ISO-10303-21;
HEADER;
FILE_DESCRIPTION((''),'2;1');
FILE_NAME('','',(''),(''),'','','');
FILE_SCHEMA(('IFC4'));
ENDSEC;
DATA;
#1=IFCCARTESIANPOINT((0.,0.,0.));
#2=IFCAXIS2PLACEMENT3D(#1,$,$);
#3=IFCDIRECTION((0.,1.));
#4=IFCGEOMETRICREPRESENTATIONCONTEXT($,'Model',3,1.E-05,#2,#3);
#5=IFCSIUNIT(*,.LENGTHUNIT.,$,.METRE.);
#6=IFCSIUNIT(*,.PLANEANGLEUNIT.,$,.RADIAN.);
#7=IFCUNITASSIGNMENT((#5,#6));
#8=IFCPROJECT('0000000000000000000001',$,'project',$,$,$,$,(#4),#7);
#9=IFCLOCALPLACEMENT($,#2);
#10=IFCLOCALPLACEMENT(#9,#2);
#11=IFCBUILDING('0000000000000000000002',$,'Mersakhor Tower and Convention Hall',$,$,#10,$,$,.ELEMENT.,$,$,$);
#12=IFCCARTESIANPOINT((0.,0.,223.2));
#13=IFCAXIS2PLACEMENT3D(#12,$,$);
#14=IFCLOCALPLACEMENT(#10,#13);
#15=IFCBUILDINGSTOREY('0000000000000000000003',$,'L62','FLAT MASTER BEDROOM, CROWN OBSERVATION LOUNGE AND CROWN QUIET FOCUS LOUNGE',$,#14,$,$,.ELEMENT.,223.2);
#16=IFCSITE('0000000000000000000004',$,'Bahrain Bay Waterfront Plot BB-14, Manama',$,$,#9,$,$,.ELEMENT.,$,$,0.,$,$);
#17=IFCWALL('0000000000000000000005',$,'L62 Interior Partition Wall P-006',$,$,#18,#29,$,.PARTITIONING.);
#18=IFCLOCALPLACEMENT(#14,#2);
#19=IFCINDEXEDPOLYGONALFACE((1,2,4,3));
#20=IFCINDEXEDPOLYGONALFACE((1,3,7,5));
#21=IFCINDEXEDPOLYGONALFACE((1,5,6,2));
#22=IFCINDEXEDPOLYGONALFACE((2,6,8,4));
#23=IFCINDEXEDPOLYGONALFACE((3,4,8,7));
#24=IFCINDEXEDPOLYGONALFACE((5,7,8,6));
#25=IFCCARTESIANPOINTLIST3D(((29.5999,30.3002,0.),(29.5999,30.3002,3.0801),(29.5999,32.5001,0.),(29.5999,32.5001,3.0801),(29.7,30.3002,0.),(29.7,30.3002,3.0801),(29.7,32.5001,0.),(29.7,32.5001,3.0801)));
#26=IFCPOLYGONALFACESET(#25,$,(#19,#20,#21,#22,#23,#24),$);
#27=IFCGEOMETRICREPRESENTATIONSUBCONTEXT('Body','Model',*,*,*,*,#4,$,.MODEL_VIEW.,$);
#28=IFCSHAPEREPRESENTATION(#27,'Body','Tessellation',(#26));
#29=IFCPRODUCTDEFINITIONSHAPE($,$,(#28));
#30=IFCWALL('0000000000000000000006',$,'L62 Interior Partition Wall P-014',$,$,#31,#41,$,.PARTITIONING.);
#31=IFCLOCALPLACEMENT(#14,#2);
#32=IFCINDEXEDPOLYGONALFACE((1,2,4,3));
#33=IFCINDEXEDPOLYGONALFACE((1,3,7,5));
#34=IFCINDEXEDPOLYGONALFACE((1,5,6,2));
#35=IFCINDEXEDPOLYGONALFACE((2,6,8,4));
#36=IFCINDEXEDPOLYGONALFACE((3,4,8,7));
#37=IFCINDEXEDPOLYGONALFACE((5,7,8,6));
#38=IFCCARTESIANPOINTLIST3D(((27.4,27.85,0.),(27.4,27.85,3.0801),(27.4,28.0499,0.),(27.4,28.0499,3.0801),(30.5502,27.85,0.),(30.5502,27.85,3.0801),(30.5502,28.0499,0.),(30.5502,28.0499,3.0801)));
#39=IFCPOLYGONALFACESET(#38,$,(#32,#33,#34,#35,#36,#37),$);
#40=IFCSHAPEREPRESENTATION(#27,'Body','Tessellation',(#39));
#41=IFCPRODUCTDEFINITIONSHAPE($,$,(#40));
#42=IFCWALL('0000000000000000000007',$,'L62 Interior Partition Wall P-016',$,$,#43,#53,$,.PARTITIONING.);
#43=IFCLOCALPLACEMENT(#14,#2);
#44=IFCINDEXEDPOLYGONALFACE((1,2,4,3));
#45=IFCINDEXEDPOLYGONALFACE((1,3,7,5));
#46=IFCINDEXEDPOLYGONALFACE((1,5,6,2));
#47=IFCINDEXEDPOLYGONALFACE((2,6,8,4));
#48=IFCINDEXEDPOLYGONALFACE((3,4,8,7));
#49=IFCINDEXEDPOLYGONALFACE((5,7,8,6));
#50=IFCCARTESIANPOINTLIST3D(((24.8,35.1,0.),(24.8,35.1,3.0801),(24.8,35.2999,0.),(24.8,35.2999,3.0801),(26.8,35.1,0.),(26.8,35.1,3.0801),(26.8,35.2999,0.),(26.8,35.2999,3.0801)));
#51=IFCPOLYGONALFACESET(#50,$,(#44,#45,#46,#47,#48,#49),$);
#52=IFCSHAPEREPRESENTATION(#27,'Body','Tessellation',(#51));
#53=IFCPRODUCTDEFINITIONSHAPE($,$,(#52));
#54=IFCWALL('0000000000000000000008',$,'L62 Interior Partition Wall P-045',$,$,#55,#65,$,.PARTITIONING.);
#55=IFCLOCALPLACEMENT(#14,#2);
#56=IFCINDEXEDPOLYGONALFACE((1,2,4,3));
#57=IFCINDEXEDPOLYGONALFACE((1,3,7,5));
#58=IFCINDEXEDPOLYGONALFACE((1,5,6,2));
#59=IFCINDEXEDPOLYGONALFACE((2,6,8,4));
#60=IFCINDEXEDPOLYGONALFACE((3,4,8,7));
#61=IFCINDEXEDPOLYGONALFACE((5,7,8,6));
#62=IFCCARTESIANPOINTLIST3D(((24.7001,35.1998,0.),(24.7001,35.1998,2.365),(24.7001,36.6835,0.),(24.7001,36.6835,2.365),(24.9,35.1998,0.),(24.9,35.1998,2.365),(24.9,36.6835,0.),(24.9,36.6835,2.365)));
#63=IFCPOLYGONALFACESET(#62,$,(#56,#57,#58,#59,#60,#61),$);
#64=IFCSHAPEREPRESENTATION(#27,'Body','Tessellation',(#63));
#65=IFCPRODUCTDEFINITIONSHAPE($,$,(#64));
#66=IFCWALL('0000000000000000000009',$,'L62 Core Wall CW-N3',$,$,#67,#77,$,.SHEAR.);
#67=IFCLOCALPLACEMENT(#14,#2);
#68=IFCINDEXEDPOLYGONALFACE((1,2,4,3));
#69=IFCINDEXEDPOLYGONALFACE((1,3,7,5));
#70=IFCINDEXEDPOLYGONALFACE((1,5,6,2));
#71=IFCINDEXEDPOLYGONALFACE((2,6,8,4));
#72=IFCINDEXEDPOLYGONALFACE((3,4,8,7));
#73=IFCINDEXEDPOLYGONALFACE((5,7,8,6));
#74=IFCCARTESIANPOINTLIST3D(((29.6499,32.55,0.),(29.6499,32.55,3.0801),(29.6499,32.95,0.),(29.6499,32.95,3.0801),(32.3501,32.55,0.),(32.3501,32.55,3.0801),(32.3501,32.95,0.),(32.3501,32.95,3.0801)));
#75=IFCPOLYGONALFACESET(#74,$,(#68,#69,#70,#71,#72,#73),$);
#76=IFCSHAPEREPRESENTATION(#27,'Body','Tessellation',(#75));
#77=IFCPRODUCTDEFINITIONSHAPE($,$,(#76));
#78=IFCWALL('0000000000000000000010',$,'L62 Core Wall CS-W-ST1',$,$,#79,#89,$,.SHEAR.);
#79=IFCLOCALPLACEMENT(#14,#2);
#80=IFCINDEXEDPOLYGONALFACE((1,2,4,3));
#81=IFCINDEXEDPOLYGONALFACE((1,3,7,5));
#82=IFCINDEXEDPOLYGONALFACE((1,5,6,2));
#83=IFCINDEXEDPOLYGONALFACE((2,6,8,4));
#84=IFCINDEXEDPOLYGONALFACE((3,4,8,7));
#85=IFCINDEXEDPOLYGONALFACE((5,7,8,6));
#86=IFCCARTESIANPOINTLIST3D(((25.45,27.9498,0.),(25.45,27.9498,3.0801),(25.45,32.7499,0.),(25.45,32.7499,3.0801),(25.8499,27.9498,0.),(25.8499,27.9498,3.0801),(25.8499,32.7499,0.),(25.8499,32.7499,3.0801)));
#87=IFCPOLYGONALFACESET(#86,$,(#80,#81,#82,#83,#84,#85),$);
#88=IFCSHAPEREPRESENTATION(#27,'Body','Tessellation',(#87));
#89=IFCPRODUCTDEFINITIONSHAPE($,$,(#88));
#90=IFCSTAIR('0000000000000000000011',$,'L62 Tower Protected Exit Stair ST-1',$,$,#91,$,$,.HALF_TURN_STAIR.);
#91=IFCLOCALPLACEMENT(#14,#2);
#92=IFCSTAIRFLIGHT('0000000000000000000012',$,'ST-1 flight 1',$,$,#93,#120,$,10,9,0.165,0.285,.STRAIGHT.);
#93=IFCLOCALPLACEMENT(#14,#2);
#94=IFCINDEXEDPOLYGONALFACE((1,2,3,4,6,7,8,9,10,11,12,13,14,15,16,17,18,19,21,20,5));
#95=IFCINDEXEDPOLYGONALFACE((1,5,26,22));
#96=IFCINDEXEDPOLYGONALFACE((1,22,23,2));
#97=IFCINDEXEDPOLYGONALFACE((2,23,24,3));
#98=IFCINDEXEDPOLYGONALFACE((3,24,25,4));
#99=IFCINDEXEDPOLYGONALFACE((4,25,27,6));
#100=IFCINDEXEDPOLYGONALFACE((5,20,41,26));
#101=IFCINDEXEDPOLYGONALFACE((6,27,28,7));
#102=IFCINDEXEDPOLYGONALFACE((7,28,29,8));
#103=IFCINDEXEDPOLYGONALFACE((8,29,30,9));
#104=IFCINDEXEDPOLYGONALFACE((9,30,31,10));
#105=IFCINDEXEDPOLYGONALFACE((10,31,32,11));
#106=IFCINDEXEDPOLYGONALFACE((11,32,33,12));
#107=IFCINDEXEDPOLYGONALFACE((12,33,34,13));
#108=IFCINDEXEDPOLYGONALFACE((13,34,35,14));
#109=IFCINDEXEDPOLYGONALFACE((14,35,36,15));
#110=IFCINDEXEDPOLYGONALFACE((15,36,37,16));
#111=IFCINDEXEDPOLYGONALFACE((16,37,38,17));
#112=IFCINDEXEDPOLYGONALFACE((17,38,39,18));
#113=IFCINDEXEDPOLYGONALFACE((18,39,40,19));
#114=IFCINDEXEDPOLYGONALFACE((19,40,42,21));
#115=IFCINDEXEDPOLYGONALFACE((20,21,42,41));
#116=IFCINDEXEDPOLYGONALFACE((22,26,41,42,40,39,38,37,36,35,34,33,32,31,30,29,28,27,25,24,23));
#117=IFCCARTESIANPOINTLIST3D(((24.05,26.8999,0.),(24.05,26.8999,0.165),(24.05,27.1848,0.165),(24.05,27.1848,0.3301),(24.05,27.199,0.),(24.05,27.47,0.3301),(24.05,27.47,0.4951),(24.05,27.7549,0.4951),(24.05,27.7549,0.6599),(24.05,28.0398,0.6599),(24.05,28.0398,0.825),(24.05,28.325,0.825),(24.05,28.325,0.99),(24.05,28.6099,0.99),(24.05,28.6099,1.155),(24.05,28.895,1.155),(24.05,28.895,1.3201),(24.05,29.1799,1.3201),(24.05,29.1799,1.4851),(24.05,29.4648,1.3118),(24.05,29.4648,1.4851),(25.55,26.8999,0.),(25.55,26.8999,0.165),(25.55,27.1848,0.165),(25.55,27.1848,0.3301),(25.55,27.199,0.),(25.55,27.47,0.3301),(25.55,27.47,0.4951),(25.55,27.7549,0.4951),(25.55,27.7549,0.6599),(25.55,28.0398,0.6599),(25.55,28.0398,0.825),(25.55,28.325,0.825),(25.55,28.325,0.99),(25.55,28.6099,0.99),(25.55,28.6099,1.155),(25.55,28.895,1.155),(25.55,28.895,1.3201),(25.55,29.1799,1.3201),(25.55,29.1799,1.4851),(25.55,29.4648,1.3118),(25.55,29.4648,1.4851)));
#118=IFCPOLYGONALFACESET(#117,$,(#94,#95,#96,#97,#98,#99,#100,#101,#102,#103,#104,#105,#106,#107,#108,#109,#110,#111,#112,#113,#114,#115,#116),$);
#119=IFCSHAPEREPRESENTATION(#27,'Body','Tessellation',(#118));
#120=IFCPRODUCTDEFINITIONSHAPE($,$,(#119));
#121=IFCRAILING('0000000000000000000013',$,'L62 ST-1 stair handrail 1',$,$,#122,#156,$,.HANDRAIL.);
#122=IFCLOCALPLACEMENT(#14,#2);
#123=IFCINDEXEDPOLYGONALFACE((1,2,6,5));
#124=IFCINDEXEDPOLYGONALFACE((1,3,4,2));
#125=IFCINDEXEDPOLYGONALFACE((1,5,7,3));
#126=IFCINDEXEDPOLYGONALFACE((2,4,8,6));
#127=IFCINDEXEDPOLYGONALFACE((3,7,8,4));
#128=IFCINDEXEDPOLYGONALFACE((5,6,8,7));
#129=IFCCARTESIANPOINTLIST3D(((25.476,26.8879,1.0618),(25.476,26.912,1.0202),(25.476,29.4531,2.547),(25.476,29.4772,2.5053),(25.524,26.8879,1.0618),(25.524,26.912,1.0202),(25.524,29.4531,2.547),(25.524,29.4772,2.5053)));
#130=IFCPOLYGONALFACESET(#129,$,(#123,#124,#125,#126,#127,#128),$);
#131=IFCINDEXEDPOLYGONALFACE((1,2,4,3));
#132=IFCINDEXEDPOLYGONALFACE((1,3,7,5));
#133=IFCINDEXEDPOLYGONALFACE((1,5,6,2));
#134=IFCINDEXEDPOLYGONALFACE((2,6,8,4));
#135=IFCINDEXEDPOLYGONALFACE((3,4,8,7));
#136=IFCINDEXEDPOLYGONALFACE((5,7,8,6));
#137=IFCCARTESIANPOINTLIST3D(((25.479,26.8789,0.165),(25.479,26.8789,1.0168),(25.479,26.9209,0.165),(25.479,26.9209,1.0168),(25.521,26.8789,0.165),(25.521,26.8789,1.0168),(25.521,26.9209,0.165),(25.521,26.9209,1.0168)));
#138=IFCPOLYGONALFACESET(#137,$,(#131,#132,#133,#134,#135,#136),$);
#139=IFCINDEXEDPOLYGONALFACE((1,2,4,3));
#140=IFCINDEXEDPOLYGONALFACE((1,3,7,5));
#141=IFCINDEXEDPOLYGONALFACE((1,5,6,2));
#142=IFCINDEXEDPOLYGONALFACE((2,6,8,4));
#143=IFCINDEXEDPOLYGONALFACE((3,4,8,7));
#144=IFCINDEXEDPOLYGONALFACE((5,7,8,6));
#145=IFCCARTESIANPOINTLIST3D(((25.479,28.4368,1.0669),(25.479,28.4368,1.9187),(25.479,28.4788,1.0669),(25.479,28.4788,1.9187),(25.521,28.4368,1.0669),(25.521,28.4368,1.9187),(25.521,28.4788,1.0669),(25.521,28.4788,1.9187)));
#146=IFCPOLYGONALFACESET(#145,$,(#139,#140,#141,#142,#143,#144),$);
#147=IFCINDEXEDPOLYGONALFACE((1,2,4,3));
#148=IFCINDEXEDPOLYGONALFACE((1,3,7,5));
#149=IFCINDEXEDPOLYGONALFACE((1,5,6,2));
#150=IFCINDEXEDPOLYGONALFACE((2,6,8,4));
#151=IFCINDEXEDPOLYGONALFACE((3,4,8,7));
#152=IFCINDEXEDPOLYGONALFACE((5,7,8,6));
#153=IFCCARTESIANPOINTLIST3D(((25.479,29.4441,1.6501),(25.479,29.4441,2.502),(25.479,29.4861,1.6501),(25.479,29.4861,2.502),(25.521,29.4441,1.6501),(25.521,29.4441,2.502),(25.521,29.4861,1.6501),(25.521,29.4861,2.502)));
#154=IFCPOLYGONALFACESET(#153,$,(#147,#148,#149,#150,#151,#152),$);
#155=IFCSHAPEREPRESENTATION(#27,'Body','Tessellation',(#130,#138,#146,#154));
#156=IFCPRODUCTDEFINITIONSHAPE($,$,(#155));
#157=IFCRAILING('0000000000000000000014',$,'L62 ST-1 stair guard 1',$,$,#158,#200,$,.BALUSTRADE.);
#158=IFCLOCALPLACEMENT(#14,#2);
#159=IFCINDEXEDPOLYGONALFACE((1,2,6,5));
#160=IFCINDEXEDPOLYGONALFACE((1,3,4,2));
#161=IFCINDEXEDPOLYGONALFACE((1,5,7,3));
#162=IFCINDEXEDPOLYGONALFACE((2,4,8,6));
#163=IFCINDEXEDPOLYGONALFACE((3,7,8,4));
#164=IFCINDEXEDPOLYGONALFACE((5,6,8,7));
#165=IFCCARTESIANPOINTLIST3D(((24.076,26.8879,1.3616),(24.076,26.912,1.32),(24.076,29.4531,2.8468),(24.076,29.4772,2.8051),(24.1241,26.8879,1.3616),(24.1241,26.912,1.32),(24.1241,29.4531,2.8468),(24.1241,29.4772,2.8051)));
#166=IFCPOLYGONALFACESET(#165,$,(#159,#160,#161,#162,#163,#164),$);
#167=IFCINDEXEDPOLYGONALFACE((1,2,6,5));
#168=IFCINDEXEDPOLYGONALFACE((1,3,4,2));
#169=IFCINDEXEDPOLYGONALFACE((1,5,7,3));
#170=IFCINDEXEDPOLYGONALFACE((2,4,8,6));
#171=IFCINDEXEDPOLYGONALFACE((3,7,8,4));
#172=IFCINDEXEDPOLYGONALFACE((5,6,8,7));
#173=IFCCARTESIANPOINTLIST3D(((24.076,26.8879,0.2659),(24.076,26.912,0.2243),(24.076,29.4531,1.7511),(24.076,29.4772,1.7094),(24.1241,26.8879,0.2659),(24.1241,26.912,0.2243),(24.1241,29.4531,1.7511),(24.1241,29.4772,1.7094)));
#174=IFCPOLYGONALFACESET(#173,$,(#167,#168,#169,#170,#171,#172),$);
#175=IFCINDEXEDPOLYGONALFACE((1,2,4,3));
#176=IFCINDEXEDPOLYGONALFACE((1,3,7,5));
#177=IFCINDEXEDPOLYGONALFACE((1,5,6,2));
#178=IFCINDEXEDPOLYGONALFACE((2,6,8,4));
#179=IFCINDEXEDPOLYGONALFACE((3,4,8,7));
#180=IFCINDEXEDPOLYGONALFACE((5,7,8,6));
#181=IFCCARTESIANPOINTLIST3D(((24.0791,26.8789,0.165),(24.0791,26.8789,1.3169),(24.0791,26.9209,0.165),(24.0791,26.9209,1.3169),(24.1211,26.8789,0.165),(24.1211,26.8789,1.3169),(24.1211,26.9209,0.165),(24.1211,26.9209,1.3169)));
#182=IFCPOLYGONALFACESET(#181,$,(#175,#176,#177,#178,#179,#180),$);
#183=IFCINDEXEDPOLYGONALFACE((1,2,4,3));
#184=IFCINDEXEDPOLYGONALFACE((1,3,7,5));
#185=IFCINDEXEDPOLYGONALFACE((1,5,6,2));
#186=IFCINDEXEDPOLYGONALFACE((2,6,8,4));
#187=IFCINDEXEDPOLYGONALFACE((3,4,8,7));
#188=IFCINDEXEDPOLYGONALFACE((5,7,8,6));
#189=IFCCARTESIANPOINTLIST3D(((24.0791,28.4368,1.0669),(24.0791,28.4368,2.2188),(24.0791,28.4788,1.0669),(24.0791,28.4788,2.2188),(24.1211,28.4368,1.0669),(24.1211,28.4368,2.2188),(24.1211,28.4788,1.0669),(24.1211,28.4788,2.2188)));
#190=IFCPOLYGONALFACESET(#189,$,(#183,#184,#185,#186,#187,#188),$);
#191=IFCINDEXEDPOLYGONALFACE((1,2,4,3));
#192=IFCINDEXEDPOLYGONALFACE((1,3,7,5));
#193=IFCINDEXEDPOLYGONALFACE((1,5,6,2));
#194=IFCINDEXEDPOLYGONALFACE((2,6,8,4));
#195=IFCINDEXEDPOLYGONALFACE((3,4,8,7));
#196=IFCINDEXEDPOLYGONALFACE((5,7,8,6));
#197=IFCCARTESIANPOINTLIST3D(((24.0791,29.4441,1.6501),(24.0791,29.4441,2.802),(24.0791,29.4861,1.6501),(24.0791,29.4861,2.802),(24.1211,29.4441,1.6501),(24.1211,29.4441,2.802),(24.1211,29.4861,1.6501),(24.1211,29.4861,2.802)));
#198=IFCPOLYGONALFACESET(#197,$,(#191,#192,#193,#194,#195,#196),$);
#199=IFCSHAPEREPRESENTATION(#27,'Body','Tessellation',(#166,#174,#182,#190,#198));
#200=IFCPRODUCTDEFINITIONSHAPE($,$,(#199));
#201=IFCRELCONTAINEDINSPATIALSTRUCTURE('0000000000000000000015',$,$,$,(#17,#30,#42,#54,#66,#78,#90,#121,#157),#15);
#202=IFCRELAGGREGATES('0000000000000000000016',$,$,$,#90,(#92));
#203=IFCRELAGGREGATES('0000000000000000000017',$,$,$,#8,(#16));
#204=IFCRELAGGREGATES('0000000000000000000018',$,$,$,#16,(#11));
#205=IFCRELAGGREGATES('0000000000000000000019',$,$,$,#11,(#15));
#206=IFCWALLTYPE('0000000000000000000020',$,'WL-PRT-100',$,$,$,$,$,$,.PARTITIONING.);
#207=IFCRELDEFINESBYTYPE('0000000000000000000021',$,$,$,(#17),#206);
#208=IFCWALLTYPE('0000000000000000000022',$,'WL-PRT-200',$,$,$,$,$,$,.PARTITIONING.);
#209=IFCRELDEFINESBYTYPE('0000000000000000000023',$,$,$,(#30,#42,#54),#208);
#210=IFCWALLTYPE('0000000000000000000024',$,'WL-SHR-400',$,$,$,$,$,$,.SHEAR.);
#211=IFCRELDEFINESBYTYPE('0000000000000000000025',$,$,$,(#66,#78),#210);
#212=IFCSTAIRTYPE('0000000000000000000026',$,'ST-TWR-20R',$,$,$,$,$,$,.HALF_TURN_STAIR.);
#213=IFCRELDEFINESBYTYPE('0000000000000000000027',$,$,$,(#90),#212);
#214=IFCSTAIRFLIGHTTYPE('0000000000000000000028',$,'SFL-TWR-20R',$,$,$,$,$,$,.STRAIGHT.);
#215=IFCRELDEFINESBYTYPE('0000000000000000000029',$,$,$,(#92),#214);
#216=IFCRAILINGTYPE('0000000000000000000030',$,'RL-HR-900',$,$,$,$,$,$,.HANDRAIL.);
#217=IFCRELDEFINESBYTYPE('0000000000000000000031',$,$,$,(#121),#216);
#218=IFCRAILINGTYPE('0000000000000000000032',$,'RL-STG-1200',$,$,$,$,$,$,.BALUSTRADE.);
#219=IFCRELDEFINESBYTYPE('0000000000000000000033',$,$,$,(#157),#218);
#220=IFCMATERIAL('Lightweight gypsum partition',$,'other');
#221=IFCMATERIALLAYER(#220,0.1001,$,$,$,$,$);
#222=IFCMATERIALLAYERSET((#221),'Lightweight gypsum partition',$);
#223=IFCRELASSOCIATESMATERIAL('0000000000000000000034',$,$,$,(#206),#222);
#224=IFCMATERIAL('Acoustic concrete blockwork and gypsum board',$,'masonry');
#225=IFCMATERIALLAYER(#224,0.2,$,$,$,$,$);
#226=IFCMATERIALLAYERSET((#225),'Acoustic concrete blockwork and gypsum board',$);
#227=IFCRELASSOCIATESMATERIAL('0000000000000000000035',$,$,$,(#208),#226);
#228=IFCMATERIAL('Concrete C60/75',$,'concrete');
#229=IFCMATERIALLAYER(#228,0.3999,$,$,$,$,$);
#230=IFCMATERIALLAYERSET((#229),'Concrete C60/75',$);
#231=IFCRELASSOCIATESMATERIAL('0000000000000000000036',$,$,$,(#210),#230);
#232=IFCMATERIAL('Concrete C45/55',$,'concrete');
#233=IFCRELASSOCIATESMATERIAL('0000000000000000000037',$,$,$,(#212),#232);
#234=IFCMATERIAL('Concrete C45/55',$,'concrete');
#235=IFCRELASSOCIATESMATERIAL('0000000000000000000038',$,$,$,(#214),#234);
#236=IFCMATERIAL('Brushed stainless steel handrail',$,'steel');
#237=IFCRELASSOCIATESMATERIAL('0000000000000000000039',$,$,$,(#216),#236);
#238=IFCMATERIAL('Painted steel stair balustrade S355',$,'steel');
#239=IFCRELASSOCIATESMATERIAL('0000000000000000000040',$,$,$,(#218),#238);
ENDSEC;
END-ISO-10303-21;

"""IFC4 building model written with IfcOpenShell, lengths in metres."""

from ifc_helpers import new_model, si_unit, direction, frame, frame_2d, origin, origin_2d, place, context, subcontext, project, spatial, polyline, rectangle, outline, extrude, material, layer, layer_set, type_object, element, aggregate, save


model = new_model("IFC4")

# Units and contexts
model_context = context("Model", 3, precision=1e-05, world=origin(), true_north=direction((0.0, 1.0)))
body_context = subcontext(model_context, "Body", "Model", "MODEL_VIEW")
ifc_project = project(units=[si_unit("LENGTHUNIT", "METRE"), si_unit("PLANEANGLEUNIT", "RADIAN")], contexts=[model_context])

# Site, building, storey
site_placement = place(None, origin())
site = spatial("IfcSite", under=ifc_project, at=site_placement, Name="Bahrain Bay Waterfront Plot BB-14, Manama", CompositionType="ELEMENT", RefElevation=0.0)
building_placement = place(site_placement, origin())
building = spatial("IfcBuilding", under=site, at=building_placement, Name="Mersakhor Tower and Convention Hall", CompositionType="ELEMENT")
storey_placement = place(building_placement, frame((0.0, 0.0, 223.2)))
storey = spatial("IfcBuildingStorey", under=building, at=storey_placement, Name="L62", Description="FLAT MASTER BEDROOM, CROWN OBSERVATION LOUNGE AND CROWN QUIET FOCUS LOUNGE", CompositionType="ELEMENT", Elevation=223.2)

# Wall
ifc_material_1 = material(Name="Lightweight gypsum partition", Category="other")
ifc_layer_1 = layer(ifc_material_1, 0.1001)
ifc_layer_set_1 = layer_set([ifc_layer_1], Name="Lightweight gypsum partition")
wall_type_1 = type_object("IfcWallType", Name="WL-PRT-100", PredefinedType="PARTITIONING", material=ifc_layer_set_1)
wall_1_placement = place(storey_placement, frame((29.6499, 30.3, 0.0), z_axis=(0.0, 0.0, 1.0), x_axis=(0.0, 1.0, 0.0)))
element("IfcWall", 1, at=wall_1_placement, inside=storey, type_object=wall_type_1, Name="L62 Interior Partition Wall P-006", PredefinedType="PARTITIONING", context=body_context, shape_type="SweptSolid", body=[
    extrude(rectangle(XDim=2.2, YDim=0.1001, at=frame_2d((1.1001, 0.0))), origin(), (0.0, 0.0, 1.0), 3.0801),
])

# Shared definitions
ifc_material_2 = material(Name="Acoustic concrete blockwork and gypsum board", Category="masonry")
ifc_layer_2 = layer(ifc_material_2, 0.2)
ifc_layer_set_2 = layer_set([ifc_layer_2], Name="Acoustic concrete blockwork and gypsum board")
wall_type_2 = type_object("IfcWallType", Name="WL-PRT-200", PredefinedType="PARTITIONING", material=ifc_layer_set_2)

# Walls
wall_2_placement = place(storey_placement, frame((27.3999, 27.95, 0.0), z_axis=(0.0, 0.0, 1.0), x_axis=(1.0, 0.0, 0.0)))
element("IfcWall", 2, at=wall_2_placement, inside=storey, type_object=wall_type_2, Name="L62 Interior Partition Wall P-014", PredefinedType="PARTITIONING", context=body_context, shape_type="SweptSolid", body=[
    extrude(rectangle(XDim=3.1501, YDim=0.2, at=frame_2d((1.5752, 0.0))), origin(), (0.0, 0.0, 1.0), 3.0801),
])
wall_3_placement = place(storey_placement, frame((24.8, 35.2, 0.0), z_axis=(0.0, 0.0, 1.0), x_axis=(1.0, 0.0, 0.0)))
element("IfcWall", 3, at=wall_3_placement, inside=storey, type_object=wall_type_2, Name="L62 Interior Partition Wall P-016", PredefinedType="PARTITIONING", context=body_context, shape_type="SweptSolid", body=[
    extrude(rectangle(XDim=2.0, YDim=0.2, at=frame_2d((1.0, 0.0))), origin(), (0.0, 0.0, 1.0), 3.0801),
])

# Wall
wall_4_placement = place(storey_placement, frame((24.8, 35.2, 0.0), z_axis=(0.0, 0.0, 1.0), x_axis=(0.0, 1.0, 0.0)))
element("IfcWall", 4, at=wall_4_placement, inside=storey, type_object=wall_type_2, Name="L62 Interior Partition Wall P-045", PredefinedType="PARTITIONING", context=body_context, shape_type="SweptSolid", body=[
    extrude(rectangle(XDim=1.4836, YDim=0.2, at=frame_2d((0.7417, 0.0))), origin(), (0.0, 0.0, 1.0), 2.365),
])

# Shared definitions
ifc_material_3 = material(Name="Concrete C60/75", Category="concrete")
ifc_layer_3 = layer(ifc_material_3, 0.3999)
ifc_layer_set_3 = layer_set([ifc_layer_3], Name="Concrete C60/75")
wall_type_3 = type_object("IfcWallType", Name="WL-SHR-400", PredefinedType="SHEAR", material=ifc_layer_set_3)

# Walls
wall_5_placement = place(storey_placement, frame((29.6499, 32.75, 0.0), z_axis=(0.0, 0.0, 1.0), x_axis=(1.0, 0.0, 0.0)))
element("IfcWall", 5, at=wall_5_placement, inside=storey, type_object=wall_type_3, Name="L62 Core Wall CW-N3", PredefinedType="SHEAR", context=body_context, shape_type="SweptSolid", body=[
    extrude(rectangle(XDim=2.7002, YDim=0.3999, at=frame_2d((1.3501, 0.0))), origin(), (0.0, 0.0, 1.0), 3.0801),
])
wall_6_placement = place(storey_placement, frame((25.6499, 27.95, 0.0), z_axis=(0.0, 0.0, 1.0), x_axis=(0.0, 1.0, 0.0)))
element("IfcWall", 6, at=wall_6_placement, inside=storey, type_object=wall_type_3, Name="L62 Core Wall CS-W-ST1", PredefinedType="SHEAR", context=body_context, shape_type="SweptSolid", body=[
    extrude(rectangle(XDim=4.8, YDim=0.3999, at=frame_2d((2.3999, 0.0))), origin(), (0.0, 0.0, 1.0), 3.0801),
])

# Stair, stair flight
ifc_material_4 = material(Name="Concrete C45/55", Category="concrete")
stair_type = type_object("IfcStairType", Name="ST-TWR-20R", PredefinedType="HALF_TURN_STAIR", material=ifc_material_4)
stair_placement = place(storey_placement, origin())
stair = element("IfcStair", 7, at=stair_placement, inside=storey, type_object=stair_type, Name="L62 Tower Protected Exit Stair ST-1", PredefinedType="HALF_TURN_STAIR")
ifc_material_5 = material(Name="Concrete C45/55", Category="concrete")
stair_flight_type = type_object("IfcStairFlightType", Name="SFL-TWR-20R", PredefinedType="STRAIGHT", material=ifc_material_5)
stair_flight_placement = place(storey_placement, frame((24.8, 26.8999, 0.0), z_axis=(0.0, 0.0, 1.0), x_axis=(0.0, 1.0, 0.0)))
stair_flight = element("IfcStairFlight", 8, at=stair_flight_placement, type_object=stair_flight_type, Name="ST-1 flight 1", NumberOfRisers=10, NumberOfTreads=9, PredefinedType="STRAIGHT", RiserHeight=0.165, TreadLength=0.285, context=body_context, shape_type="SweptSolid", body=[
    extrude(outline(polyline([(0.0, 0.0), (0.0, 0.165), (0.2849, 0.165), (0.2849, 0.3301), (0.5701, 0.3301), (0.5701, 0.4951), (0.855, 0.4951), (0.855, 0.6599), (1.1399, 0.6599), (1.1399, 0.825), (1.425, 0.825), (1.425, 0.99), (1.71, 0.99), (1.71, 1.155), (1.9951, 1.155), (1.9951, 1.3201), (2.28, 1.3201), (2.28, 1.4851), (2.5649, 1.4851), (2.5649, 1.6499), (2.5649, 1.3118), (0.2991, 0.0), (0.0, 0.0)])), frame((0.0, 0.75, 0.0), z_axis=(0.0, -1.0, 0.0), x_axis=(1.0, 0.0, 0.0)), (0.0, 0.0, 1.0), 1.5),
])
aggregate(stair, [stair_flight])

# Railings
ifc_material_6 = material(Name="Brushed stainless steel handrail", Category="steel")
railing_type_1 = type_object("IfcRailingType", Name="RL-HR-900", PredefinedType="HANDRAIL", material=ifc_material_6)
railing_1_placement = place(storey_placement, frame((25.5, 26.8999, 0.165)))
element("IfcRailing", 9, at=railing_1_placement, inside=storey, type_object=railing_type_1, Name="L62 ST-1 stair handrail 1", PredefinedType="HANDRAIL", context=body_context, shape_type="SweptSolid", body=[
    extrude(rectangle(XDim=0.0481, YDim=0.0481, at=origin_2d()), frame((0.0, 0.0, 0.876), z_axis=(0.0, 0.865426, 0.501036), x_axis=(-1.0, 0.0, 0.0)), (0.0, 0.0, 1.0), 2.9641),
    extrude(rectangle(XDim=0.042, YDim=0.042, at=origin_2d()), origin(), (0.0, 0.0, 1.0), 0.8518),
    extrude(rectangle(XDim=0.042, YDim=0.042, at=origin_2d()), frame((0.0, 1.5579, 0.9019)), (0.0, 0.0, 1.0), 0.8518),
    extrude(rectangle(XDim=0.042, YDim=0.042, at=origin_2d()), frame((0.0, 2.5652, 1.4851)), (0.0, 0.0, 1.0), 0.8518),
])
ifc_material_7 = material(Name="Painted steel stair balustrade S355", Category="steel")
railing_type_2 = type_object("IfcRailingType", Name="RL-STG-1200", PredefinedType="BALUSTRADE", material=ifc_material_7)
railing_2_placement = place(storey_placement, frame((24.1001, 26.8999, 0.165)))
element("IfcRailing", 10, at=railing_2_placement, inside=storey, type_object=railing_type_2, Name="L62 ST-1 stair guard 1", PredefinedType="BALUSTRADE", context=body_context, shape_type="SweptSolid", body=[
    extrude(rectangle(XDim=0.0481, YDim=0.0481, at=origin_2d()), frame((0.0, 0.0, 1.1758), z_axis=(0.0, 0.865426, 0.501036), x_axis=(-1.0, 0.0, 0.0)), (0.0, 0.0, 1.0), 2.9641),
    extrude(rectangle(XDim=0.0481, YDim=0.0481, at=origin_2d()), frame((0.0, 0.0, 0.0801), z_axis=(0.0, 0.865426, 0.501036), x_axis=(-1.0, 0.0, 0.0)), (0.0, 0.0, 1.0), 2.9641),
    extrude(rectangle(XDim=0.042, YDim=0.042, at=origin_2d()), origin(), (0.0, 0.0, 1.0), 1.1519),
    extrude(rectangle(XDim=0.042, YDim=0.042, at=origin_2d()), frame((0.0, 1.5579, 0.9019)), (0.0, 0.0, 1.0), 1.1519),
    extrude(rectangle(XDim=0.042, YDim=0.042, at=origin_2d()), frame((0.0, 2.5652, 1.4851)), (0.0, 0.0, 1.0), 1.1519),
])

save(model, "model.ifc")
